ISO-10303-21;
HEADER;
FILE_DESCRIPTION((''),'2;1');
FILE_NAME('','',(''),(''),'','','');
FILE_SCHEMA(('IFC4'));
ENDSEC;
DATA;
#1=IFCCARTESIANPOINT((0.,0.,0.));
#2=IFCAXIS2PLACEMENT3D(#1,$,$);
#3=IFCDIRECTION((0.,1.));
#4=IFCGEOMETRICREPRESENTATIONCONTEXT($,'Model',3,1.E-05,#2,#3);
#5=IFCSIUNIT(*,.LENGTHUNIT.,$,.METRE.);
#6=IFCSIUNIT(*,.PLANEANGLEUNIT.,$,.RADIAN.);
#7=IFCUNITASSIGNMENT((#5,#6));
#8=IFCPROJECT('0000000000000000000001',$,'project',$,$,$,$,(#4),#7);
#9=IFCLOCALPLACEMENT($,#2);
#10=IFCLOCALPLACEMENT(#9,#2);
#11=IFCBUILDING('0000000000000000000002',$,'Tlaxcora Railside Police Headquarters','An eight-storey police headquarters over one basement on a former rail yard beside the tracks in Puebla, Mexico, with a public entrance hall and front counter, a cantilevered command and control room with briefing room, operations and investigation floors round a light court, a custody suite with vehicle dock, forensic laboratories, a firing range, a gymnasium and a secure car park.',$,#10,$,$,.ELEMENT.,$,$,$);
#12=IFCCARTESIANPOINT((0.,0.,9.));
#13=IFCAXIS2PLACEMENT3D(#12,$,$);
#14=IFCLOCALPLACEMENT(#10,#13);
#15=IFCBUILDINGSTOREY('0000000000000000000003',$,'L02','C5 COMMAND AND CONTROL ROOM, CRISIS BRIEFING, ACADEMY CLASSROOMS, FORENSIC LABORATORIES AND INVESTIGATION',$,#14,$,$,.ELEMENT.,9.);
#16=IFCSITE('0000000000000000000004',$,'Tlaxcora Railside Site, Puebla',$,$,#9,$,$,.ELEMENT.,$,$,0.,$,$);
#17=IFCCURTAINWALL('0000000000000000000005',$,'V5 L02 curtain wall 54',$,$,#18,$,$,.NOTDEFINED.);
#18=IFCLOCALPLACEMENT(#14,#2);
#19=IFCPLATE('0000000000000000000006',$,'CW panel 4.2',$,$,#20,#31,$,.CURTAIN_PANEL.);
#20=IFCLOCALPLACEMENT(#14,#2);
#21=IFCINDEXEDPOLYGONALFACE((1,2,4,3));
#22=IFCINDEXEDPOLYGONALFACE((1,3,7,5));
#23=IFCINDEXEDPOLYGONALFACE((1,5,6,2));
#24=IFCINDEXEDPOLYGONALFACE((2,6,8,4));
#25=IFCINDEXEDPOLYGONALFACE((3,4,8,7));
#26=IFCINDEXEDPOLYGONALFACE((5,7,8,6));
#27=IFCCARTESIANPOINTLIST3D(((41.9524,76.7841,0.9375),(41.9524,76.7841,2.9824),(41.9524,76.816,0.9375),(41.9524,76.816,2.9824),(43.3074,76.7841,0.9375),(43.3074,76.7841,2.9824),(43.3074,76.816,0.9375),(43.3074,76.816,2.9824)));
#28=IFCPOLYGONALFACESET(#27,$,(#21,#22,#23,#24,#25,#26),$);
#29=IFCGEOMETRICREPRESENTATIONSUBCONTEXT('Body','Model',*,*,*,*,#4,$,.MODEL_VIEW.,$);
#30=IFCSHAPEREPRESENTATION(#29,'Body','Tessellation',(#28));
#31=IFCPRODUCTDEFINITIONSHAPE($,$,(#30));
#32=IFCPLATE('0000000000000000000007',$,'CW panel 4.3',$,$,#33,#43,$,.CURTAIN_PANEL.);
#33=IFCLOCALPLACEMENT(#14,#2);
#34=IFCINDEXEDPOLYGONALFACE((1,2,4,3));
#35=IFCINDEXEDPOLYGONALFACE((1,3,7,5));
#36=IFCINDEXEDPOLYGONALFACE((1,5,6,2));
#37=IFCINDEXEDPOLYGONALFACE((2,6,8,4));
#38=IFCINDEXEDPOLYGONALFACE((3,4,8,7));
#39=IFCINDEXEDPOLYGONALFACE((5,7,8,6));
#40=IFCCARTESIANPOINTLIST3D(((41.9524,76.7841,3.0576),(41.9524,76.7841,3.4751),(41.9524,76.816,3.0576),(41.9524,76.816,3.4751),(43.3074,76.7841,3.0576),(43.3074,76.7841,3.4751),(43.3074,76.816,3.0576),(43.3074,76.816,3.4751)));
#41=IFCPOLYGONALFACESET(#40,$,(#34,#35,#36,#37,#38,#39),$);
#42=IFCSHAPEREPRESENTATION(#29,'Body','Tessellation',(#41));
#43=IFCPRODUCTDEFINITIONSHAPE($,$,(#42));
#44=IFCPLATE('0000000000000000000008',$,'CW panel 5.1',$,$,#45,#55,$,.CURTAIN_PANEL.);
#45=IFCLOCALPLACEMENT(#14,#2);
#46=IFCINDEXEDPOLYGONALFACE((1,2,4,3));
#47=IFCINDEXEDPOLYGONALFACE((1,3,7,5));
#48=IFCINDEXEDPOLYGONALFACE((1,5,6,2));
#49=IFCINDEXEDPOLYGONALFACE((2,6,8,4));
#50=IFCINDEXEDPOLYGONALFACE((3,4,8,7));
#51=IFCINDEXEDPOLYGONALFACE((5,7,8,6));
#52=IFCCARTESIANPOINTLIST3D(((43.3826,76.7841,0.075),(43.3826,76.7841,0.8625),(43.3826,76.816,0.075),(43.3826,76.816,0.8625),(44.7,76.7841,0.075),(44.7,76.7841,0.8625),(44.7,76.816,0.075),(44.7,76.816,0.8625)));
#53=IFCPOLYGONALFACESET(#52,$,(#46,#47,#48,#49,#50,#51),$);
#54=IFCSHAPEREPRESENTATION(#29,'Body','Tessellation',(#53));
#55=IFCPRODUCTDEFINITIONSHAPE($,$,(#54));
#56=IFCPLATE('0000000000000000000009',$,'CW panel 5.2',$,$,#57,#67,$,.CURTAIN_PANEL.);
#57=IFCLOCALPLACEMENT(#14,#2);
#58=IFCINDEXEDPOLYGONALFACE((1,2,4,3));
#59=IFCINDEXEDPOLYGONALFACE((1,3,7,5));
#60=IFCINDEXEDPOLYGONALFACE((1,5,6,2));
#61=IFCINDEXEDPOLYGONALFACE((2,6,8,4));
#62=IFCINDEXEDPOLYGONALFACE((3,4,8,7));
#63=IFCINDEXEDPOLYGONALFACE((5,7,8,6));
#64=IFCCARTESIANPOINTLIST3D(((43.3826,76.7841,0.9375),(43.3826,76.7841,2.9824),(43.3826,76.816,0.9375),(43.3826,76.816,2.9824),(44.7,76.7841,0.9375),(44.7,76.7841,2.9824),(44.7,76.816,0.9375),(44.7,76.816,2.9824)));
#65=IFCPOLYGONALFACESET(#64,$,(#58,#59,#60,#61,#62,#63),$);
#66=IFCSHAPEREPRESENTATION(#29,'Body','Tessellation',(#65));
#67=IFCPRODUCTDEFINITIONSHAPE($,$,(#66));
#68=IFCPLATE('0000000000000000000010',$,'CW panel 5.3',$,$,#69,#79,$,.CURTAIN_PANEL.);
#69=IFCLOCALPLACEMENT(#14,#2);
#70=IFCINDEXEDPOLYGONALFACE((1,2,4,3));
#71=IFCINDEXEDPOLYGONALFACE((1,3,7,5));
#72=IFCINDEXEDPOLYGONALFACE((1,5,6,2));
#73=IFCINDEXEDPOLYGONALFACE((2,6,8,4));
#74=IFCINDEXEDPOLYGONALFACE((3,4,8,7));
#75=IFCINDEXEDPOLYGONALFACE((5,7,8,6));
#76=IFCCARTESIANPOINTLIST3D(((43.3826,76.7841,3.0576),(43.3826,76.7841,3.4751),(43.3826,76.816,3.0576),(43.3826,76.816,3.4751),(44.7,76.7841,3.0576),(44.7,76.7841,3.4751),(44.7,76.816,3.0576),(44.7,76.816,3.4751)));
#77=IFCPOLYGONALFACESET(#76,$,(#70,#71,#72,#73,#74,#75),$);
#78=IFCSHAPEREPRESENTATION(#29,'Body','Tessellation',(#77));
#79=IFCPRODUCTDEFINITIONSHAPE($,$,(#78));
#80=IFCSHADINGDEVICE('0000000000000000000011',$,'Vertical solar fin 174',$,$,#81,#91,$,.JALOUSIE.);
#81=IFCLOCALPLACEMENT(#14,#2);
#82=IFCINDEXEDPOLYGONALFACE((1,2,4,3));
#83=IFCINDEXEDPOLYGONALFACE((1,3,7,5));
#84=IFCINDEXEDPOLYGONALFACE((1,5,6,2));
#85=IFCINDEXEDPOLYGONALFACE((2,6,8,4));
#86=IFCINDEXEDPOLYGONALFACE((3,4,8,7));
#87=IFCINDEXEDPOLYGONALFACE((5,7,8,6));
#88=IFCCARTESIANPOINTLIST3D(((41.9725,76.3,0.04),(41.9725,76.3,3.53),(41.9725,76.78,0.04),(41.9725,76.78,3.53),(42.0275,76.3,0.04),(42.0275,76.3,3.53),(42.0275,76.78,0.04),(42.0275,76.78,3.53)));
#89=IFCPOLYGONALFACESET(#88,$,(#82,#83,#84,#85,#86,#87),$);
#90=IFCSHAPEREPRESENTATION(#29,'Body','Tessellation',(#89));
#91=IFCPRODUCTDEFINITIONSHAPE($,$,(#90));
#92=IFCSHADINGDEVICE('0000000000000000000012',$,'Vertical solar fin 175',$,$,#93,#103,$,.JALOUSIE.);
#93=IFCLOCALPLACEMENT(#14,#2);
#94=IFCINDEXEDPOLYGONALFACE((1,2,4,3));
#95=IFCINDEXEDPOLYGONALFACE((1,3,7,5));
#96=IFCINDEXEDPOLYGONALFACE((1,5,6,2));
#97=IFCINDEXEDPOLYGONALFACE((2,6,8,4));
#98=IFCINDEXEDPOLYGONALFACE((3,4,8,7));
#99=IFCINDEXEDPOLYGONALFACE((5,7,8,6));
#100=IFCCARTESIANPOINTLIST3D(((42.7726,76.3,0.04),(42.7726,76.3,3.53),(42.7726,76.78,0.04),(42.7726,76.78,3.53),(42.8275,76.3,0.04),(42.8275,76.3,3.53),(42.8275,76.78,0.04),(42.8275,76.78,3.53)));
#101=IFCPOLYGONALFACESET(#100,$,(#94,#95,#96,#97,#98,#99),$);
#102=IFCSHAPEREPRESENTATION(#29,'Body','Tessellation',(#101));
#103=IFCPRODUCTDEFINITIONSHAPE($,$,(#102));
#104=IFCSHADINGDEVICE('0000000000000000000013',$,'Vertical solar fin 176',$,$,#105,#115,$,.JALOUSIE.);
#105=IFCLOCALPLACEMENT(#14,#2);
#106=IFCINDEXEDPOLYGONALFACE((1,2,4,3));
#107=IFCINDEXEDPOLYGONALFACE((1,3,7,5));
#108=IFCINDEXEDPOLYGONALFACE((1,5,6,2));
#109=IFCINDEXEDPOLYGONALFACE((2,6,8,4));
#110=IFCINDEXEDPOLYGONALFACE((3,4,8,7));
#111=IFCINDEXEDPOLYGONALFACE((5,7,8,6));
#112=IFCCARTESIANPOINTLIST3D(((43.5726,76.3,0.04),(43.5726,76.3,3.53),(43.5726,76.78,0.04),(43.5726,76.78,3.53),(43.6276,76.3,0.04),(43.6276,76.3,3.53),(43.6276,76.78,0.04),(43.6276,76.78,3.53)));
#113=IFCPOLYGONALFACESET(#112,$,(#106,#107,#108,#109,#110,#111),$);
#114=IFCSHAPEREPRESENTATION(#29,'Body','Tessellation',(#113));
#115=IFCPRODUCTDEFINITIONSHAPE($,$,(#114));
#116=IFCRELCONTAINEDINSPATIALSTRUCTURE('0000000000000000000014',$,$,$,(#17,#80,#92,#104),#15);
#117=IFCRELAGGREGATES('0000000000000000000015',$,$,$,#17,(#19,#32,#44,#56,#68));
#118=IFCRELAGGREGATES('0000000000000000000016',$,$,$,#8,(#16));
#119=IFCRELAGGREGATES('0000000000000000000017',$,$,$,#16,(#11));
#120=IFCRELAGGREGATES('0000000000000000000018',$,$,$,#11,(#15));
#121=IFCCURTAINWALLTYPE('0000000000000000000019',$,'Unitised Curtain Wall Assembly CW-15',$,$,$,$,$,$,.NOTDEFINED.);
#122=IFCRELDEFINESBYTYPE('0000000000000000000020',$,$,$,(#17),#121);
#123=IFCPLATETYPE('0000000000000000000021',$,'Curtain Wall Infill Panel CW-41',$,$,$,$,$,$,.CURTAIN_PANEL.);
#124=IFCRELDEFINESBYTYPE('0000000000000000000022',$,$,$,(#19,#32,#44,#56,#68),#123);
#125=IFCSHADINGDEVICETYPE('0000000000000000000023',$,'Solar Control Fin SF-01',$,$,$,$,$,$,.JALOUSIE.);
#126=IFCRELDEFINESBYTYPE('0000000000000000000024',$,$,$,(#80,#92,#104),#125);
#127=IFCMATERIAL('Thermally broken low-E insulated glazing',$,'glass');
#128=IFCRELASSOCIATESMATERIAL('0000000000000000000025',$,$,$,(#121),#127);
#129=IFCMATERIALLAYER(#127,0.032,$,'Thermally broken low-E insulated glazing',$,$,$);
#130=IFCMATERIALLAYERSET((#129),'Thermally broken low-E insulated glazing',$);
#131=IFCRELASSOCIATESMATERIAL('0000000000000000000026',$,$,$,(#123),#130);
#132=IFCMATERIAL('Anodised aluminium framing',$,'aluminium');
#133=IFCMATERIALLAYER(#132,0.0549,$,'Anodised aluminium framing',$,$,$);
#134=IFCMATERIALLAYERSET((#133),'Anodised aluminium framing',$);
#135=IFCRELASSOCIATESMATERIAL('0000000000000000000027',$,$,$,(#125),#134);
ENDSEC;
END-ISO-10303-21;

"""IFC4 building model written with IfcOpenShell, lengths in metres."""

from ifc_helpers import new_model, si_unit, direction, frame, origin, origin_2d, place, context, subcontext, project, spatial, rectangle, extrude, material, layer, layer_set, type_object, element, aggregate, save


model = new_model("IFC4")

# Units and contexts
model_context = context("Model", 3, precision=1e-05, world=origin(), true_north=direction((0.0, 1.0)))
body_context = subcontext(model_context, "Body", "Model", "MODEL_VIEW")
ifc_project = project(units=[si_unit("LENGTHUNIT", "METRE"), si_unit("PLANEANGLEUNIT", "RADIAN")], contexts=[model_context])

# Site, building, storey
site_placement = place(None, origin())
site = spatial("IfcSite", under=ifc_project, at=site_placement, Name="Tlaxcora Railside Site, Puebla", CompositionType="ELEMENT", RefElevation=0.0)
building_placement = place(site_placement, origin())
building = spatial("IfcBuilding", under=site, at=building_placement, Name="Tlaxcora Railside Police Headquarters", Description="An eight-storey police headquarters over one basement on a former rail yard beside the tracks in Puebla, Mexico, with a public entrance hall and front counter, a cantilevered command and control room with briefing room, operations and investigation floors round a light court, a custody suite with vehicle dock, forensic laboratories, a firing range, a gymnasium and a secure car park.", CompositionType="ELEMENT")
storey_placement = place(building_placement, frame((0.0, 0.0, 9.0)))
storey = spatial("IfcBuildingStorey", under=building, at=storey_placement, Name="L02", Description="C5 COMMAND AND CONTROL ROOM, CRISIS BRIEFING, ACADEMY CLASSROOMS, FORENSIC LABORATORIES AND INVESTIGATION", CompositionType="ELEMENT", Elevation=9.0)

# Curtain wall
ifc_material_1 = material(Name="Thermally broken low-E insulated glazing", Category="glass")
curtain_wall_type_1 = type_object("IfcCurtainWallType", Name="Unitised Curtain Wall Assembly CW-15", PredefinedType="NOTDEFINED", material=ifc_material_1)
curtain_wall_1_placement = place(storey_placement, origin())
curtain_wall_1 = element("IfcCurtainWall", 1, at=curtain_wall_1_placement, inside=storey, type_object=curtain_wall_type_1, Name="V5 L02 curtain wall 54", PredefinedType="NOTDEFINED")
ifc_material_2 = material(Name="Anodised aluminium framing", Category="aluminium")

# Plates
ifc_layer_1 = layer(ifc_material_1, 0.032, Name="Thermally broken low-E insulated glazing")
ifc_layer_set_1 = layer_set([ifc_layer_1], Name="Thermally broken low-E insulated glazing")
plate_type = type_object("IfcPlateType", Name="Curtain Wall Infill Panel CW-41", PredefinedType="CURTAIN_PANEL", material=ifc_layer_set_1)
plate_1_placement = place(storey_placement, frame((42.6299, 76.8, 0.9375), z_axis=(0.0, 0.0, 1.0), x_axis=(1.0, 0.0, 0.0)))
plate_1 = element("IfcPlate", 2, at=plate_1_placement, type_object=plate_type, Name="CW panel 4.2", PredefinedType="CURTAIN_PANEL", context=body_context, shape_type="SweptSolid", body=[
    extrude(rectangle(XDim=1.355, YDim=0.032, at=origin_2d()), origin(), (0.0, 0.0, 1.0), 2.0449),
])
plate_2_placement = place(storey_placement, frame((42.6299, 76.8, 3.0576), z_axis=(0.0, 0.0, 1.0), x_axis=(1.0, 0.0, 0.0)))
plate_2 = element("IfcPlate", 3, at=plate_2_placement, type_object=plate_type, Name="CW panel 4.3", PredefinedType="CURTAIN_PANEL", context=body_context, shape_type="SweptSolid", body=[
    extrude(rectangle(XDim=1.355, YDim=0.032, at=origin_2d()), origin(), (0.0, 0.0, 1.0), 0.4175),
])
plate_3_placement = place(storey_placement, frame((44.0413, 76.8, 0.075), z_axis=(0.0, 0.0, 1.0), x_axis=(1.0, 0.0, 0.0)))
plate_3 = element("IfcPlate", 4, at=plate_3_placement, type_object=plate_type, Name="CW panel 5.1", PredefinedType="CURTAIN_PANEL", context=body_context, shape_type="SweptSolid", body=[
    extrude(rectangle(XDim=1.3174, YDim=0.032, at=origin_2d()), origin(), (0.0, 0.0, 1.0), 0.7876),
])
plate_4_placement = place(storey_placement, frame((44.0413, 76.8, 0.9375), z_axis=(0.0, 0.0, 1.0), x_axis=(1.0, 0.0, 0.0)))
plate_4 = element("IfcPlate", 5, at=plate_4_placement, type_object=plate_type, Name="CW panel 5.2", PredefinedType="CURTAIN_PANEL", context=body_context, shape_type="SweptSolid", body=[
    extrude(rectangle(XDim=1.3174, YDim=0.032, at=origin_2d()), origin(), (0.0, 0.0, 1.0), 2.0449),
])
plate_5_placement = place(storey_placement, frame((44.0413, 76.8, 3.0576), z_axis=(0.0, 0.0, 1.0), x_axis=(1.0, 0.0, 0.0)))
plate_5 = element("IfcPlate", 6, at=plate_5_placement, type_object=plate_type, Name="CW panel 5.3", PredefinedType="CURTAIN_PANEL", context=body_context, shape_type="SweptSolid", body=[
    extrude(rectangle(XDim=1.3174, YDim=0.032, at=origin_2d()), origin(), (0.0, 0.0, 1.0), 0.4175),
])
aggregate(curtain_wall_1, [plate_1, plate_2, plate_3, plate_4, plate_5])

# Shading devices
ifc_layer_2 = layer(ifc_material_2, 0.0549, Name="Anodised aluminium framing")
ifc_layer_set_2 = layer_set([ifc_layer_2], Name="Anodised aluminium framing")
shading_device_type = type_object("IfcShadingDeviceType", Name="Solar Control Fin SF-01", PredefinedType="JALOUSIE", material=ifc_layer_set_2)
for number, where, z_axis, x_axis, name in (
    (7, (42.0, 76.54, 0.04), (0.0, 0.0, 1.0), (0.0, -1.0, 0.0), "Vertical solar fin 174"),
    (8, (42.8, 76.54, 0.04), (0.0, 0.0, 1.0), (0.0, -1.0, 0.0), "Vertical solar fin 175"),
    (9, (43.6001, 76.54, 0.04), (0.0, 0.0, 1.0), (0.0, -1.0, 0.0), "Vertical solar fin 176"),
):
    element("IfcShadingDevice", number, at=place(storey_placement, frame(where, z_axis=z_axis, x_axis=x_axis)), inside=storey, type_object=shading_device_type, Name=name, PredefinedType="JALOUSIE", context=body_context, shape_type="SweptSolid", body=[
        extrude(rectangle(XDim=0.48, YDim=0.0549, at=origin_2d()), origin(), (0.0, 0.0, 1.0), 3.49),
    ])

save(model, "model.ifc")
